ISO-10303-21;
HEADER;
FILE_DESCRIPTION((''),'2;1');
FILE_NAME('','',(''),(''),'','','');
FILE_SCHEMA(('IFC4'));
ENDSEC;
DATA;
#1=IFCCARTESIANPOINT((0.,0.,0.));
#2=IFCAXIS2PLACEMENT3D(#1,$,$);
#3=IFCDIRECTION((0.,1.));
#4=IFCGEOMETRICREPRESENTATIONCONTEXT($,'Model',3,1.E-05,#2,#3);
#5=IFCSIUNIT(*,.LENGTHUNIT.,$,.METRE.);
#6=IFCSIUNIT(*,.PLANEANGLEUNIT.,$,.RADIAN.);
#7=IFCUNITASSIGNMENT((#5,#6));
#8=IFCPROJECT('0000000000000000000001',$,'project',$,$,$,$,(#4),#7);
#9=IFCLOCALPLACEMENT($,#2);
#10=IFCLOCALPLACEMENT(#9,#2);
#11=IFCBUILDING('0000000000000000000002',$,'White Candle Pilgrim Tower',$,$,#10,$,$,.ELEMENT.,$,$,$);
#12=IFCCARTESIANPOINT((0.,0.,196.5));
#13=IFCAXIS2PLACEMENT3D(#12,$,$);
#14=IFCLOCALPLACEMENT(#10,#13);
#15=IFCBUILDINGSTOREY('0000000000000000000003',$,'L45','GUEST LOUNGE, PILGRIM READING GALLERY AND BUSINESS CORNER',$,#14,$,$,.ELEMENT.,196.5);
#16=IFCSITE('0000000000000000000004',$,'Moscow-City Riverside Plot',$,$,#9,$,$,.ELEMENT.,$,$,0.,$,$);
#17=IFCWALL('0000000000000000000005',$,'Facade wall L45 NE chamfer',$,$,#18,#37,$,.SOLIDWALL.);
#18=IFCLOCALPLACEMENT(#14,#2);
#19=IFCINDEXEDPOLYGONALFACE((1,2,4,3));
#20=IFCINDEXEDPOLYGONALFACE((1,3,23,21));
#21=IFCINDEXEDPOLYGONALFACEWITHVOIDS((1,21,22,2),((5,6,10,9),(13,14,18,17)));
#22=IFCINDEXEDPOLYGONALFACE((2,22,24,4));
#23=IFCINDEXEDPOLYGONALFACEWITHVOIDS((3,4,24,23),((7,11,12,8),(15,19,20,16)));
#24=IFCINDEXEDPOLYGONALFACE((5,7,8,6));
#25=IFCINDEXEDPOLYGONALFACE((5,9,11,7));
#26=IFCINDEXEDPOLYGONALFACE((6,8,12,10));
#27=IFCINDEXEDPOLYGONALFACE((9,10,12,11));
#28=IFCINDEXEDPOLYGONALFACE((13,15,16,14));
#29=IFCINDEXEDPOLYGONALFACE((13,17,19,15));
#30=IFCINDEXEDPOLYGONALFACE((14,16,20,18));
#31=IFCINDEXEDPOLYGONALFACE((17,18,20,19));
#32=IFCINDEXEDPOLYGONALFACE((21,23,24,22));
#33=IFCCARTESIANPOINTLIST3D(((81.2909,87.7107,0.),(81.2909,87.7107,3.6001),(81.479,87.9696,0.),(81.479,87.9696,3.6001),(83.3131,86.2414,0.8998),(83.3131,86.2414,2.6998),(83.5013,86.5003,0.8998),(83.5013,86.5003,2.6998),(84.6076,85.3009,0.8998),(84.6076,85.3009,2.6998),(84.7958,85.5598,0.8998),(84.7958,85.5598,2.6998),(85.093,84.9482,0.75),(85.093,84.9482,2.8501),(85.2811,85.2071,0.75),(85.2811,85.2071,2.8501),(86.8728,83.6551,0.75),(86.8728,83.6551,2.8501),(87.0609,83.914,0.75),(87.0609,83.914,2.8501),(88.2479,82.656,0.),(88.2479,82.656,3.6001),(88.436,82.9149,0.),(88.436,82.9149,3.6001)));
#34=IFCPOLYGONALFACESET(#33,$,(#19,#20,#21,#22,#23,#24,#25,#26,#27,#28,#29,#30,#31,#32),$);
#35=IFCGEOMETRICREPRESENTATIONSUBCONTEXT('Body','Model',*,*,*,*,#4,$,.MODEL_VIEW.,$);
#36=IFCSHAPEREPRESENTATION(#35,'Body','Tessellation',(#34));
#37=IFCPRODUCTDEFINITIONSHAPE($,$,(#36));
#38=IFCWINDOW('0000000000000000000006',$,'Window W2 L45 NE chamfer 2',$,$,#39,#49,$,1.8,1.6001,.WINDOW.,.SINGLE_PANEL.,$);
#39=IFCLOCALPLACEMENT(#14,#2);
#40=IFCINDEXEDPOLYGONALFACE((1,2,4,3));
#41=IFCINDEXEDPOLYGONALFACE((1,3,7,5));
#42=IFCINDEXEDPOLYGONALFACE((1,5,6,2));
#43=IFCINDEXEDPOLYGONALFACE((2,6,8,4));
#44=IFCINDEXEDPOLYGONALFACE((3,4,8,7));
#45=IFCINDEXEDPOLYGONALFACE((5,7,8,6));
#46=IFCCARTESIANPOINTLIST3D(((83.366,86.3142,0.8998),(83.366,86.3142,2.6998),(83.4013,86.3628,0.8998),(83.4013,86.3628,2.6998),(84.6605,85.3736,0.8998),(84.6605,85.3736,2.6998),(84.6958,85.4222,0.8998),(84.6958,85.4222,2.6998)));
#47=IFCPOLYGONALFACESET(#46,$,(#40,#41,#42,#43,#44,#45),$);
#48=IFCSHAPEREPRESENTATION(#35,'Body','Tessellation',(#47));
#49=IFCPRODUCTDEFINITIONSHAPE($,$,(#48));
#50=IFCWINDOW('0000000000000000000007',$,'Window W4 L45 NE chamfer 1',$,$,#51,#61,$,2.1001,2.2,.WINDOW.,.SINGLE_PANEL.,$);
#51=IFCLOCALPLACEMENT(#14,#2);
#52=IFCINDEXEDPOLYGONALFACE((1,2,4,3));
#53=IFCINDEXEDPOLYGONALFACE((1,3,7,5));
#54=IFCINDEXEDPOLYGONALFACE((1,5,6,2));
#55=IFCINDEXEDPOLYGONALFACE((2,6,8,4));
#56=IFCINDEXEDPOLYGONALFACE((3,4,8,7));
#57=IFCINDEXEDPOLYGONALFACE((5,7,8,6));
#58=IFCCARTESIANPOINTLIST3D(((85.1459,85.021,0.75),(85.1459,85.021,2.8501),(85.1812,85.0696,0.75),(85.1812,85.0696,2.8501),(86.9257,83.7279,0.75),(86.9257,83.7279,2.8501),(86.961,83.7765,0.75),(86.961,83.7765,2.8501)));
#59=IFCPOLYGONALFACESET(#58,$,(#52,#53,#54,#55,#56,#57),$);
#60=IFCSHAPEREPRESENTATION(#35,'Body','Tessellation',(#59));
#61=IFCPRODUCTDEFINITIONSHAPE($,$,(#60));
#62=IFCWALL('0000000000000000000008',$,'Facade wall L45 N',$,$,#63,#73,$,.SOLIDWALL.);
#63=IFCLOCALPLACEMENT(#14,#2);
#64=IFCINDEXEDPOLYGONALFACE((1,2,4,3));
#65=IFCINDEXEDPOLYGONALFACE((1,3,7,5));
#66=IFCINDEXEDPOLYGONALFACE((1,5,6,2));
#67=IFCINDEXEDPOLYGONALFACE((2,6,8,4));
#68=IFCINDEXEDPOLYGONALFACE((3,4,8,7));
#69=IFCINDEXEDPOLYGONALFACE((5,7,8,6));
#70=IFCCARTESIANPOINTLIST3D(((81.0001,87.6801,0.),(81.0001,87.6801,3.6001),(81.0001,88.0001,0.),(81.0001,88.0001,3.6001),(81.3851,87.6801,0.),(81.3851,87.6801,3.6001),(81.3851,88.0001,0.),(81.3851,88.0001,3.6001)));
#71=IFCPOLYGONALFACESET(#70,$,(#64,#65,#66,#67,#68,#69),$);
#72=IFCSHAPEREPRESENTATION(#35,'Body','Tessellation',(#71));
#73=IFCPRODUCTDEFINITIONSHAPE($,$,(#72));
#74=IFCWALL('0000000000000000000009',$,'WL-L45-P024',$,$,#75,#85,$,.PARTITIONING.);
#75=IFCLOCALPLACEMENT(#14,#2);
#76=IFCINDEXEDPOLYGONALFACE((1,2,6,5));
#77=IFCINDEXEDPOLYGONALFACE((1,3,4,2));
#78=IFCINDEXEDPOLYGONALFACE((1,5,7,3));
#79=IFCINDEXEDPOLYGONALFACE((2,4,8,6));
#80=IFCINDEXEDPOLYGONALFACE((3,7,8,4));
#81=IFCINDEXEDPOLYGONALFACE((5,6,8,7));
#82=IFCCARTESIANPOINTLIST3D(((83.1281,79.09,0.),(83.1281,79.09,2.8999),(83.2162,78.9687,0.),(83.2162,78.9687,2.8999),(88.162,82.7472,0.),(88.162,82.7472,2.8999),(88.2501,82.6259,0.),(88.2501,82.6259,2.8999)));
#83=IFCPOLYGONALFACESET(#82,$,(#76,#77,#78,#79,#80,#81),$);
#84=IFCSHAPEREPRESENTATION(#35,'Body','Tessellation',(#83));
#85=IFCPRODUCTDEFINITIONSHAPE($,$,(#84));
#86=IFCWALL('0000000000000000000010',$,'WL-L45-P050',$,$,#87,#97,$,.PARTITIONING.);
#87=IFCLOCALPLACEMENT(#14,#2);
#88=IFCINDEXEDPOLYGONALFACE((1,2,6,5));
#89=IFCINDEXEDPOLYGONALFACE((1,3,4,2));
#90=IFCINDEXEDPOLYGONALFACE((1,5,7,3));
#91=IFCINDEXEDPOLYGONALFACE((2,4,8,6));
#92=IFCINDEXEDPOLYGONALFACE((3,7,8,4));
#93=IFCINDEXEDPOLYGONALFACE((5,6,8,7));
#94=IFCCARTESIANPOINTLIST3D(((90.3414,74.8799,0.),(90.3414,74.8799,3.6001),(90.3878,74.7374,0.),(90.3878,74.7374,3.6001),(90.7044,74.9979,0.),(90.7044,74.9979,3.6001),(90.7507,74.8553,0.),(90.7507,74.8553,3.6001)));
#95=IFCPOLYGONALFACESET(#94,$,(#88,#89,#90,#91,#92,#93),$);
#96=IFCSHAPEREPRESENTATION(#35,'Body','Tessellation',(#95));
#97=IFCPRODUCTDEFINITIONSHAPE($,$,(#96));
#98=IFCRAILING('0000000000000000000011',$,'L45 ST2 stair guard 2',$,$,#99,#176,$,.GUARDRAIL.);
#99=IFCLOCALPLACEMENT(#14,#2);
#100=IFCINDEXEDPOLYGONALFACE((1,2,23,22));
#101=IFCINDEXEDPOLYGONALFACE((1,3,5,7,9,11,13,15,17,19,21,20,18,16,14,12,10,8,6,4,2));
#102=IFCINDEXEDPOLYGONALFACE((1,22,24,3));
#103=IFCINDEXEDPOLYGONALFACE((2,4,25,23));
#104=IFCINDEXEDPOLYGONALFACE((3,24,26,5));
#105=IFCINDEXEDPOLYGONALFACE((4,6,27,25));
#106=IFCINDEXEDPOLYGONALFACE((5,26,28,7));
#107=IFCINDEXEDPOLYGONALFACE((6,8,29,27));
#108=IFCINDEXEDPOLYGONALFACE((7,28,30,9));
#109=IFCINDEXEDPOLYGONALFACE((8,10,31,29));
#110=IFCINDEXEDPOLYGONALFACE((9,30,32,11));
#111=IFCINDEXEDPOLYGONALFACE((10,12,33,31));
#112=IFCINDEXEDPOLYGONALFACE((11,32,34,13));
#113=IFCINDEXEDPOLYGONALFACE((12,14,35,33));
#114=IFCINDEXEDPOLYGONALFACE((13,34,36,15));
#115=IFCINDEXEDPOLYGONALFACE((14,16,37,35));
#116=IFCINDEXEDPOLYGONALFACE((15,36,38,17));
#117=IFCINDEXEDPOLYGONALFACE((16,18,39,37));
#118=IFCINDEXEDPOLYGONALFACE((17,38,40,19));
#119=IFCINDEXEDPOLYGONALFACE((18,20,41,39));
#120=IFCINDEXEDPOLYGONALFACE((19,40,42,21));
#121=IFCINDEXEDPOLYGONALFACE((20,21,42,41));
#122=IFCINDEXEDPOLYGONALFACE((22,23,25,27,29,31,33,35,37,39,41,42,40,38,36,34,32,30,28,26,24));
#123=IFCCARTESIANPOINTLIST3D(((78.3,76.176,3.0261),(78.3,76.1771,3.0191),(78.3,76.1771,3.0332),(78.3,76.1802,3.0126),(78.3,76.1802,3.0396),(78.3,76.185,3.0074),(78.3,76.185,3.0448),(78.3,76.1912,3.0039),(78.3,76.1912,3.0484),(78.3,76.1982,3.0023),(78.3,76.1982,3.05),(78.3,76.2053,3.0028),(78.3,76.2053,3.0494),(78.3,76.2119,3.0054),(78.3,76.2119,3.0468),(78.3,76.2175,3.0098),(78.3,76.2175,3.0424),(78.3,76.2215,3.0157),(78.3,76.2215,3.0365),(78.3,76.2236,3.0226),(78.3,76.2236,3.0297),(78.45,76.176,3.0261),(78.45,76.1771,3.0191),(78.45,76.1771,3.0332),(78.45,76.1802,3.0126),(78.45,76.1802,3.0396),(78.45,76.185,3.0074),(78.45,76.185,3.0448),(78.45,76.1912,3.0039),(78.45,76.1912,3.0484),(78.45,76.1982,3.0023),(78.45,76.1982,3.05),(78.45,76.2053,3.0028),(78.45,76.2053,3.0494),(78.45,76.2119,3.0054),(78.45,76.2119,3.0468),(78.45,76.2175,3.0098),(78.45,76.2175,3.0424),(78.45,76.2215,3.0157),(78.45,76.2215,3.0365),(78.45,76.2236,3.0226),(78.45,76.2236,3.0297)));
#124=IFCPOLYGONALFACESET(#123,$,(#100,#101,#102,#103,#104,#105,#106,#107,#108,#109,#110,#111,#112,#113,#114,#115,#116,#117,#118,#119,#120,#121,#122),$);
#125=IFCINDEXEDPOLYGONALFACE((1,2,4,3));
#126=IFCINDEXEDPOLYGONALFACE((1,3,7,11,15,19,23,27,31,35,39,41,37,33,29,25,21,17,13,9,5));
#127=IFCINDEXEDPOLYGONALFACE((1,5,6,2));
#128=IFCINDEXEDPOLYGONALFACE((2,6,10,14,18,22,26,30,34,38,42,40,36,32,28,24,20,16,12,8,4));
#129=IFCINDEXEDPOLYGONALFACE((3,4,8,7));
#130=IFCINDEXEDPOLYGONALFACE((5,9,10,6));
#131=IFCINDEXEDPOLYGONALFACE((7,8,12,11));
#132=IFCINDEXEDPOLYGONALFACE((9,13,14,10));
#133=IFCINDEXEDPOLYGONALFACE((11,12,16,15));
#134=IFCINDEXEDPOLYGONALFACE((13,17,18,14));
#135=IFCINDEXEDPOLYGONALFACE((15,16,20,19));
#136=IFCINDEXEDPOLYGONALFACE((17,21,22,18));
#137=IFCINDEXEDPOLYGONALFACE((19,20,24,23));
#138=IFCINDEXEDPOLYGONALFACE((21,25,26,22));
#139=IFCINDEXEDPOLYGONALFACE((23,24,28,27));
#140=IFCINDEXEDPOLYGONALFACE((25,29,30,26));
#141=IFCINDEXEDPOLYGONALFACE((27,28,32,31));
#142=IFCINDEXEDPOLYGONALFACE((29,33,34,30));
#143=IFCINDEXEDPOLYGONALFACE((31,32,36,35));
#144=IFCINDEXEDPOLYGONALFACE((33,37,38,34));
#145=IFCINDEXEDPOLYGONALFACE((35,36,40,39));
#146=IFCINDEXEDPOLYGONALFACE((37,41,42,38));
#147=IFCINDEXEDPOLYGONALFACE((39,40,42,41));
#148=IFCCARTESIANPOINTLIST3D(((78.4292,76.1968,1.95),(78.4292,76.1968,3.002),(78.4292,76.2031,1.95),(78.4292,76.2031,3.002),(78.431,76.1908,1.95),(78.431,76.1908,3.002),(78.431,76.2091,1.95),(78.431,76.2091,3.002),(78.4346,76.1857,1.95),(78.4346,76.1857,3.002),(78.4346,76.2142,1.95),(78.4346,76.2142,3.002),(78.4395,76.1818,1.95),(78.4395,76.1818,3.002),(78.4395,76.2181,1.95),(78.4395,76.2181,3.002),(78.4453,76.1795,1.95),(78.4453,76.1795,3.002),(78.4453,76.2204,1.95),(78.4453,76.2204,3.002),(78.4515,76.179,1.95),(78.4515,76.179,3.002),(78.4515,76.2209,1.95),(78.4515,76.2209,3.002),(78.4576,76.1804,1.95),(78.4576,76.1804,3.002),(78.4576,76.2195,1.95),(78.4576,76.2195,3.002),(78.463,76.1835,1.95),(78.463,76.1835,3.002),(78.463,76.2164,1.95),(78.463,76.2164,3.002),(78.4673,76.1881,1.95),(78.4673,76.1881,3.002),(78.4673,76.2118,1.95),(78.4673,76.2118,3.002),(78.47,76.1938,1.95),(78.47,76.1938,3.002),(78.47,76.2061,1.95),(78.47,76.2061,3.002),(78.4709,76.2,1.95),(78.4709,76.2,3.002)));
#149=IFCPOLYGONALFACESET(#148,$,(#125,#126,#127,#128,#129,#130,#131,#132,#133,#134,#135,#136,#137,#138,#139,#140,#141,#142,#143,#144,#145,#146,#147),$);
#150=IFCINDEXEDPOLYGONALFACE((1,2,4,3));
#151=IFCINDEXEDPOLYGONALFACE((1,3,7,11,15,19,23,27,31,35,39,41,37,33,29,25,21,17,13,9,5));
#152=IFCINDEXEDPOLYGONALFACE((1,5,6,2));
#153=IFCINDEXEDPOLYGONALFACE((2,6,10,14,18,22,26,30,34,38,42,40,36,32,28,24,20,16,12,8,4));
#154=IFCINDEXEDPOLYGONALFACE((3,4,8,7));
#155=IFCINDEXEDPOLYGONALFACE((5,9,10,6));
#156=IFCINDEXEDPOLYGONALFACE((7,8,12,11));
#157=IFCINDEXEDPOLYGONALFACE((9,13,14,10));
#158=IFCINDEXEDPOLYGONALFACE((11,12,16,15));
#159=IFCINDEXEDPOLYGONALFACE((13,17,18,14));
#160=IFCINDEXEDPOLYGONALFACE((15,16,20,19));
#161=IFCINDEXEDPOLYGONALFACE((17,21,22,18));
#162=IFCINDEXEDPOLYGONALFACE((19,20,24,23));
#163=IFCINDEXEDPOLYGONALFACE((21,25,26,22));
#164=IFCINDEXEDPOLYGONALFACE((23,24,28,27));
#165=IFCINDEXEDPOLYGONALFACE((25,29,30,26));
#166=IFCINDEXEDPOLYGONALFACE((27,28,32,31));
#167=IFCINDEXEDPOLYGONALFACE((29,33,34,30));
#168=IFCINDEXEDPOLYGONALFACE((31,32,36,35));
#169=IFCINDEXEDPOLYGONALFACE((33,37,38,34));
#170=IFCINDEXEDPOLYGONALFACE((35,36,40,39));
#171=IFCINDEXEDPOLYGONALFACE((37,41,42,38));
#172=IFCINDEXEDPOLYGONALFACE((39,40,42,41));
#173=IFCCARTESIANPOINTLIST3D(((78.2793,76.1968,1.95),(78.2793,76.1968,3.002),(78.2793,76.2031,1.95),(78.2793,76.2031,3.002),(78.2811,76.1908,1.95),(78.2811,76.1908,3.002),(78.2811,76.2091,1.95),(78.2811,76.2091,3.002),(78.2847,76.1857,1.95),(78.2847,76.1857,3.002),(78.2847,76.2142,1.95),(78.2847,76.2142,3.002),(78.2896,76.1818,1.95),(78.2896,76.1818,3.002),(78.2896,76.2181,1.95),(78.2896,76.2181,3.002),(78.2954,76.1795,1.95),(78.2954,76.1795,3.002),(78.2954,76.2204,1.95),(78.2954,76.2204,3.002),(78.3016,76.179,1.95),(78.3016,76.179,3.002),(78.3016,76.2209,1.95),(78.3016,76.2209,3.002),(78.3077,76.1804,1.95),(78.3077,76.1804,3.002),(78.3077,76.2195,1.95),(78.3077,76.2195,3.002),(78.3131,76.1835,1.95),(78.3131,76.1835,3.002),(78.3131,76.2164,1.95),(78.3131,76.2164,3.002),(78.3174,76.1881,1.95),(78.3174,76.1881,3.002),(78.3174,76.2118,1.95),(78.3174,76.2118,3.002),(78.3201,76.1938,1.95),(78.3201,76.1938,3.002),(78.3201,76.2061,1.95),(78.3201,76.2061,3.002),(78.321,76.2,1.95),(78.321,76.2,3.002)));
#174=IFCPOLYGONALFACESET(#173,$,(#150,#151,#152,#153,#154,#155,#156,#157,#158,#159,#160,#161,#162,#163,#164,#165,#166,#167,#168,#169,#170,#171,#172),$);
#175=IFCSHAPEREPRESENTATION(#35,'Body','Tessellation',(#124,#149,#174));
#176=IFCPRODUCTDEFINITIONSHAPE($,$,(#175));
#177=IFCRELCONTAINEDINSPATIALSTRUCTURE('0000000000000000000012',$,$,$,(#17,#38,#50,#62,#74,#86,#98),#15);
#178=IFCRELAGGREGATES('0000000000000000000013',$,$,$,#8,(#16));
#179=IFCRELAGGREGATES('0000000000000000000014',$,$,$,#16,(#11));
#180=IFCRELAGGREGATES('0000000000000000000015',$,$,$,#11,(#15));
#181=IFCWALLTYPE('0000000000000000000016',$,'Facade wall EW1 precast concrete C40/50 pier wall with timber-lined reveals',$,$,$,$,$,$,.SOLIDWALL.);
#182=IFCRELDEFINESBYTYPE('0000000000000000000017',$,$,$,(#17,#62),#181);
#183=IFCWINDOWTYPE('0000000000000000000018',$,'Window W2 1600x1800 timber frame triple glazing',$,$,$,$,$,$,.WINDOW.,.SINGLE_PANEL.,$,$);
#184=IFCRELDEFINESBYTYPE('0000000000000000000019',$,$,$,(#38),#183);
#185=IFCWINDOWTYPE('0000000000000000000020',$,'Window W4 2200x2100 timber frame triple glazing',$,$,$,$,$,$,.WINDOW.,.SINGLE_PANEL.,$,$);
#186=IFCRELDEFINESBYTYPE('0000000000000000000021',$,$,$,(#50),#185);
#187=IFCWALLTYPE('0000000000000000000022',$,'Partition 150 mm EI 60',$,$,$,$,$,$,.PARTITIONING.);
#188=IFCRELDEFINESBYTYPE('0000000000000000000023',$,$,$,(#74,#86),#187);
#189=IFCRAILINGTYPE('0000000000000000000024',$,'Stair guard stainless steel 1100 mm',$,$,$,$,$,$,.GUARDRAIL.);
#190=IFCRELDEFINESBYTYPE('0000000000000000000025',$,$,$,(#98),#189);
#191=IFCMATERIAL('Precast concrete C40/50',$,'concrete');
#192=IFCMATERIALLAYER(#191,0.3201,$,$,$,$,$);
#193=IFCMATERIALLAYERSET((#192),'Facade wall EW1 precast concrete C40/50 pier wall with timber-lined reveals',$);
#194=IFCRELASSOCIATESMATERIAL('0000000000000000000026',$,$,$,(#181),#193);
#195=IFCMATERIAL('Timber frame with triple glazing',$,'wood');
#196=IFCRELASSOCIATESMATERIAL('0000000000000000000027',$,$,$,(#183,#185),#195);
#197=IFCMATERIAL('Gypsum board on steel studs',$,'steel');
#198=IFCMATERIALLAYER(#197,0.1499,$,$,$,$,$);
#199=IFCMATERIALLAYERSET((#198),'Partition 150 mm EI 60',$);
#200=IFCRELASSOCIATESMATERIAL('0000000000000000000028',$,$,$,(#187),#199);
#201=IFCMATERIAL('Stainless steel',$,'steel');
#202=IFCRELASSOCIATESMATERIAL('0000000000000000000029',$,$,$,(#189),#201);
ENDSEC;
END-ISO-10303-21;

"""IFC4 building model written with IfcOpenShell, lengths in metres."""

from ifc_helpers import new_model, si_unit, direction, frame, frame_2d, origin, origin_2d, place, context, subcontext, project, spatial, rectangle, circle, extrude, material, layer, layer_set, type_object, element, fill, save


model = new_model("IFC4")

# Units and contexts
model_context = context("Model", 3, precision=1e-05, world=origin(), true_north=direction((0.0, 1.0)))
body_context = subcontext(model_context, "Body", "Model", "MODEL_VIEW")
ifc_project = project(units=[si_unit("LENGTHUNIT", "METRE"), si_unit("PLANEANGLEUNIT", "RADIAN")], contexts=[model_context])

# Site, building, storey
site_placement = place(None, origin())
site = spatial("IfcSite", under=ifc_project, at=site_placement, Name="Moscow-City Riverside Plot", CompositionType="ELEMENT", RefElevation=0.0)
building_placement = place(site_placement, origin())
building = spatial("IfcBuilding", under=site, at=building_placement, Name="White Candle Pilgrim Tower", CompositionType="ELEMENT")
storey_placement = place(building_placement, frame((0.0, 0.0, 196.5)))
storey = spatial("IfcBuildingStorey", under=building, at=storey_placement, Name="L45", Description="GUEST LOUNGE, PILGRIM READING GALLERY AND BUSINESS CORNER", CompositionType="ELEMENT", Elevation=196.5)

# Shared definitions
ifc_material_1 = material(Name="Gypsum board on steel studs", Category="steel")

# Wall, openings, windows
ifc_material_2 = material(Name="Precast concrete C40/50", Category="concrete")
ifc_layer_1 = layer(ifc_material_2, 0.3201)
ifc_layer_set_1 = layer_set([ifc_layer_1], Name="Facade wall EW1 precast concrete C40/50 pier wall with timber-lined reveals")
wall_type_1 = type_object("IfcWallType", Name="Facade wall EW1 precast concrete C40/50 pier wall with timber-lined reveals", PredefinedType="SOLIDWALL", material=ifc_layer_set_1)
wall_1_placement = place(storey_placement, frame((88.342, 82.7854, 0.0), z_axis=(0.0, 0.0, 1.0), x_axis=(-0.809011, 0.587794, 0.0)))
wall_1 = element("IfcWall", 1, at=wall_1_placement, inside=storey, type_object=wall_type_1, Name="Facade wall L45 NE chamfer", PredefinedType="SOLIDWALL", context=body_context, shape_type="SweptSolid", body=[
    extrude(rectangle(XDim=8.5994, YDim=0.3201, at=frame_2d((4.2998, 0.0))), origin(), (0.0, 0.0, 1.0), 3.6001),
])
opening_1_placement = place(wall_1_placement, frame((1.6997, 0.0, 0.75)))
opening_1 = element("IfcOpeningElement", 2, at=opening_1_placement, cuts=wall_1, PredefinedType="OPENING", context=body_context, shape_type="SweptSolid", body=[
    extrude(rectangle(XDim=2.2, YDim=2.1001, at=frame_2d((1.1001, 1.05))), frame((0.0, 0.1699, 0.0), z_axis=(0.0, -1.0, 0.0), x_axis=(1.0, 0.0, 0.0)), (0.0, 0.0, 1.0), 0.3401),
])
opening_2_placement = place(wall_1_placement, frame((4.4998, 0.0, 0.8999)))
opening_2 = element("IfcOpeningElement", 3, at=opening_2_placement, cuts=wall_1, PredefinedType="OPENING", context=body_context, shape_type="SweptSolid", body=[
    extrude(rectangle(XDim=1.6001, YDim=1.8, at=frame_2d((0.8, 0.8999))), frame((0.0, 0.1699, 0.0), z_axis=(0.0, -1.0, 0.0), x_axis=(1.0, 0.0, 0.0)), (0.0, 0.0, 1.0), 0.3401),
])
ifc_material_3 = material(Name="Timber frame with triple glazing", Category="wood")
window_type_1 = type_object("IfcWindowType", Name="Window W2 1600x1800 timber frame triple glazing", PartitioningType="SINGLE_PANEL", PredefinedType="WINDOW", material=ifc_material_3)
window_1_placement = place(opening_2_placement, origin())
window_1 = element("IfcWindow", 4, at=window_1_placement, inside=storey, type_object=window_type_1, Name="Window W2 L45 NE chamfer 2", OverallHeight=1.8, OverallWidth=1.6001, PartitioningType="SINGLE_PANEL", PredefinedType="WINDOW", context=body_context, shape_type="SweptSolid", body=[
    extrude(rectangle(XDim=1.6001, YDim=1.8, at=frame_2d((0.8, 0.8999))), frame((0.0, 0.0701, 0.0), z_axis=(0.0, -1.0, 0.0), x_axis=(1.0, 0.0, 0.0)), (0.0, 0.0, 1.0), 0.0601),
])
fill(opening_2, window_1)
window_type_2 = type_object("IfcWindowType", Name="Window W4 2200x2100 timber frame triple glazing", PartitioningType="SINGLE_PANEL", PredefinedType="WINDOW", material=ifc_material_3)
window_2_placement = place(opening_1_placement, origin())
window_2 = element("IfcWindow", 5, at=window_2_placement, inside=storey, type_object=window_type_2, Name="Window W4 L45 NE chamfer 1", OverallHeight=2.1001, OverallWidth=2.2, PartitioningType="SINGLE_PANEL", PredefinedType="WINDOW", context=body_context, shape_type="SweptSolid", body=[
    extrude(rectangle(XDim=2.2, YDim=2.1001, at=frame_2d((1.1001, 1.05))), frame((0.0, 0.0701, 0.0), z_axis=(0.0, -1.0, 0.0), x_axis=(1.0, 0.0, 0.0)), (0.0, 0.0, 1.0), 0.0601),
])
fill(opening_1, window_2)

# Walls
wall_2_placement = place(storey_placement, frame((81.385, 87.8401, 0.0), z_axis=(0.0, 0.0, 1.0), x_axis=(-1.0, 0.0, 0.0)))
element("IfcWall", 6, at=wall_2_placement, inside=storey, type_object=wall_type_1, Name="Facade wall L45 N", PredefinedType="SOLIDWALL", context=body_context, shape_type="SweptSolid", body=[
    extrude(rectangle(XDim=0.385, YDim=0.3201, at=frame_2d((0.1924, 0.0))), origin(), (0.0, 0.0, 1.0), 3.6001),
])
ifc_layer_2 = layer(ifc_material_1, 0.1499)
ifc_layer_set_2 = layer_set([ifc_layer_2], Name="Partition 150 mm EI 60")
wall_type_2 = type_object("IfcWallType", Name="Partition 150 mm EI 60", PredefinedType="PARTITIONING", material=ifc_layer_set_2)
wall_3_placement = place(storey_placement, frame((88.2061, 82.6865, 0.0), z_axis=(0.0, 0.0, 1.0), x_axis=(-0.809028, -0.58777, 0.0)))
element("IfcWall", 7, at=wall_3_placement, inside=storey, type_object=wall_type_2, Name="WL-L45-P024", PredefinedType="PARTITIONING", context=body_context, shape_type="SweptSolid", body=[
    extrude(rectangle(XDim=6.2222, YDim=0.1499, at=frame_2d((3.1111, 0.0))), origin(), (0.0, 0.0, 1.0), 2.8999),
])
wall_4_placement = place(storey_placement, frame((90.3645, 74.8086, 0.0), z_axis=(0.0, 0.0, 1.0), x_axis=(0.951025, 0.309115, 0.0)))
element("IfcWall", 8, at=wall_4_placement, inside=storey, type_object=wall_type_2, Name="WL-L45-P050", PredefinedType="PARTITIONING", context=body_context, shape_type="SweptSolid", body=[
    extrude(rectangle(XDim=0.3816, YDim=0.1499, at=frame_2d((0.1909, 0.0))), origin(), (0.0, 0.0, 1.0), 3.6001),
])

# Railing
ifc_material_4 = material(Name="Stainless steel", Category="steel")
railing_type = type_object("IfcRailingType", Name="Stair guard stainless steel 1100 mm", PredefinedType="GUARDRAIL", material=ifc_material_4)
railing_placement = place(storey_placement, frame((78.45, 76.2, 1.95)))
element("IfcRailing", 9, at=railing_placement, inside=storey, type_object=railing_type, Name="L45 ST2 stair guard 2", PredefinedType="GUARDRAIL", context=body_context, shape_type="SweptSolid", body=[
    extrude(circle(Radius=0.0239, at=origin_2d()), frame((0.0, 0.0, 1.0762), z_axis=(-1.0, 0.0, 0.0), x_axis=(0.0, -1.0, 0.0)), (0.0, 0.0, 1.0), 0.1499),
    extrude(circle(Radius=0.021, at=origin_2d()), origin(), (0.0, 0.0, 1.0), 1.052),
    extrude(circle(Radius=0.021, at=origin_2d()), frame((-0.1499, 0.0, 0.0)), (0.0, 0.0, 1.0), 1.052),
])

save(model, "model.ifc")
